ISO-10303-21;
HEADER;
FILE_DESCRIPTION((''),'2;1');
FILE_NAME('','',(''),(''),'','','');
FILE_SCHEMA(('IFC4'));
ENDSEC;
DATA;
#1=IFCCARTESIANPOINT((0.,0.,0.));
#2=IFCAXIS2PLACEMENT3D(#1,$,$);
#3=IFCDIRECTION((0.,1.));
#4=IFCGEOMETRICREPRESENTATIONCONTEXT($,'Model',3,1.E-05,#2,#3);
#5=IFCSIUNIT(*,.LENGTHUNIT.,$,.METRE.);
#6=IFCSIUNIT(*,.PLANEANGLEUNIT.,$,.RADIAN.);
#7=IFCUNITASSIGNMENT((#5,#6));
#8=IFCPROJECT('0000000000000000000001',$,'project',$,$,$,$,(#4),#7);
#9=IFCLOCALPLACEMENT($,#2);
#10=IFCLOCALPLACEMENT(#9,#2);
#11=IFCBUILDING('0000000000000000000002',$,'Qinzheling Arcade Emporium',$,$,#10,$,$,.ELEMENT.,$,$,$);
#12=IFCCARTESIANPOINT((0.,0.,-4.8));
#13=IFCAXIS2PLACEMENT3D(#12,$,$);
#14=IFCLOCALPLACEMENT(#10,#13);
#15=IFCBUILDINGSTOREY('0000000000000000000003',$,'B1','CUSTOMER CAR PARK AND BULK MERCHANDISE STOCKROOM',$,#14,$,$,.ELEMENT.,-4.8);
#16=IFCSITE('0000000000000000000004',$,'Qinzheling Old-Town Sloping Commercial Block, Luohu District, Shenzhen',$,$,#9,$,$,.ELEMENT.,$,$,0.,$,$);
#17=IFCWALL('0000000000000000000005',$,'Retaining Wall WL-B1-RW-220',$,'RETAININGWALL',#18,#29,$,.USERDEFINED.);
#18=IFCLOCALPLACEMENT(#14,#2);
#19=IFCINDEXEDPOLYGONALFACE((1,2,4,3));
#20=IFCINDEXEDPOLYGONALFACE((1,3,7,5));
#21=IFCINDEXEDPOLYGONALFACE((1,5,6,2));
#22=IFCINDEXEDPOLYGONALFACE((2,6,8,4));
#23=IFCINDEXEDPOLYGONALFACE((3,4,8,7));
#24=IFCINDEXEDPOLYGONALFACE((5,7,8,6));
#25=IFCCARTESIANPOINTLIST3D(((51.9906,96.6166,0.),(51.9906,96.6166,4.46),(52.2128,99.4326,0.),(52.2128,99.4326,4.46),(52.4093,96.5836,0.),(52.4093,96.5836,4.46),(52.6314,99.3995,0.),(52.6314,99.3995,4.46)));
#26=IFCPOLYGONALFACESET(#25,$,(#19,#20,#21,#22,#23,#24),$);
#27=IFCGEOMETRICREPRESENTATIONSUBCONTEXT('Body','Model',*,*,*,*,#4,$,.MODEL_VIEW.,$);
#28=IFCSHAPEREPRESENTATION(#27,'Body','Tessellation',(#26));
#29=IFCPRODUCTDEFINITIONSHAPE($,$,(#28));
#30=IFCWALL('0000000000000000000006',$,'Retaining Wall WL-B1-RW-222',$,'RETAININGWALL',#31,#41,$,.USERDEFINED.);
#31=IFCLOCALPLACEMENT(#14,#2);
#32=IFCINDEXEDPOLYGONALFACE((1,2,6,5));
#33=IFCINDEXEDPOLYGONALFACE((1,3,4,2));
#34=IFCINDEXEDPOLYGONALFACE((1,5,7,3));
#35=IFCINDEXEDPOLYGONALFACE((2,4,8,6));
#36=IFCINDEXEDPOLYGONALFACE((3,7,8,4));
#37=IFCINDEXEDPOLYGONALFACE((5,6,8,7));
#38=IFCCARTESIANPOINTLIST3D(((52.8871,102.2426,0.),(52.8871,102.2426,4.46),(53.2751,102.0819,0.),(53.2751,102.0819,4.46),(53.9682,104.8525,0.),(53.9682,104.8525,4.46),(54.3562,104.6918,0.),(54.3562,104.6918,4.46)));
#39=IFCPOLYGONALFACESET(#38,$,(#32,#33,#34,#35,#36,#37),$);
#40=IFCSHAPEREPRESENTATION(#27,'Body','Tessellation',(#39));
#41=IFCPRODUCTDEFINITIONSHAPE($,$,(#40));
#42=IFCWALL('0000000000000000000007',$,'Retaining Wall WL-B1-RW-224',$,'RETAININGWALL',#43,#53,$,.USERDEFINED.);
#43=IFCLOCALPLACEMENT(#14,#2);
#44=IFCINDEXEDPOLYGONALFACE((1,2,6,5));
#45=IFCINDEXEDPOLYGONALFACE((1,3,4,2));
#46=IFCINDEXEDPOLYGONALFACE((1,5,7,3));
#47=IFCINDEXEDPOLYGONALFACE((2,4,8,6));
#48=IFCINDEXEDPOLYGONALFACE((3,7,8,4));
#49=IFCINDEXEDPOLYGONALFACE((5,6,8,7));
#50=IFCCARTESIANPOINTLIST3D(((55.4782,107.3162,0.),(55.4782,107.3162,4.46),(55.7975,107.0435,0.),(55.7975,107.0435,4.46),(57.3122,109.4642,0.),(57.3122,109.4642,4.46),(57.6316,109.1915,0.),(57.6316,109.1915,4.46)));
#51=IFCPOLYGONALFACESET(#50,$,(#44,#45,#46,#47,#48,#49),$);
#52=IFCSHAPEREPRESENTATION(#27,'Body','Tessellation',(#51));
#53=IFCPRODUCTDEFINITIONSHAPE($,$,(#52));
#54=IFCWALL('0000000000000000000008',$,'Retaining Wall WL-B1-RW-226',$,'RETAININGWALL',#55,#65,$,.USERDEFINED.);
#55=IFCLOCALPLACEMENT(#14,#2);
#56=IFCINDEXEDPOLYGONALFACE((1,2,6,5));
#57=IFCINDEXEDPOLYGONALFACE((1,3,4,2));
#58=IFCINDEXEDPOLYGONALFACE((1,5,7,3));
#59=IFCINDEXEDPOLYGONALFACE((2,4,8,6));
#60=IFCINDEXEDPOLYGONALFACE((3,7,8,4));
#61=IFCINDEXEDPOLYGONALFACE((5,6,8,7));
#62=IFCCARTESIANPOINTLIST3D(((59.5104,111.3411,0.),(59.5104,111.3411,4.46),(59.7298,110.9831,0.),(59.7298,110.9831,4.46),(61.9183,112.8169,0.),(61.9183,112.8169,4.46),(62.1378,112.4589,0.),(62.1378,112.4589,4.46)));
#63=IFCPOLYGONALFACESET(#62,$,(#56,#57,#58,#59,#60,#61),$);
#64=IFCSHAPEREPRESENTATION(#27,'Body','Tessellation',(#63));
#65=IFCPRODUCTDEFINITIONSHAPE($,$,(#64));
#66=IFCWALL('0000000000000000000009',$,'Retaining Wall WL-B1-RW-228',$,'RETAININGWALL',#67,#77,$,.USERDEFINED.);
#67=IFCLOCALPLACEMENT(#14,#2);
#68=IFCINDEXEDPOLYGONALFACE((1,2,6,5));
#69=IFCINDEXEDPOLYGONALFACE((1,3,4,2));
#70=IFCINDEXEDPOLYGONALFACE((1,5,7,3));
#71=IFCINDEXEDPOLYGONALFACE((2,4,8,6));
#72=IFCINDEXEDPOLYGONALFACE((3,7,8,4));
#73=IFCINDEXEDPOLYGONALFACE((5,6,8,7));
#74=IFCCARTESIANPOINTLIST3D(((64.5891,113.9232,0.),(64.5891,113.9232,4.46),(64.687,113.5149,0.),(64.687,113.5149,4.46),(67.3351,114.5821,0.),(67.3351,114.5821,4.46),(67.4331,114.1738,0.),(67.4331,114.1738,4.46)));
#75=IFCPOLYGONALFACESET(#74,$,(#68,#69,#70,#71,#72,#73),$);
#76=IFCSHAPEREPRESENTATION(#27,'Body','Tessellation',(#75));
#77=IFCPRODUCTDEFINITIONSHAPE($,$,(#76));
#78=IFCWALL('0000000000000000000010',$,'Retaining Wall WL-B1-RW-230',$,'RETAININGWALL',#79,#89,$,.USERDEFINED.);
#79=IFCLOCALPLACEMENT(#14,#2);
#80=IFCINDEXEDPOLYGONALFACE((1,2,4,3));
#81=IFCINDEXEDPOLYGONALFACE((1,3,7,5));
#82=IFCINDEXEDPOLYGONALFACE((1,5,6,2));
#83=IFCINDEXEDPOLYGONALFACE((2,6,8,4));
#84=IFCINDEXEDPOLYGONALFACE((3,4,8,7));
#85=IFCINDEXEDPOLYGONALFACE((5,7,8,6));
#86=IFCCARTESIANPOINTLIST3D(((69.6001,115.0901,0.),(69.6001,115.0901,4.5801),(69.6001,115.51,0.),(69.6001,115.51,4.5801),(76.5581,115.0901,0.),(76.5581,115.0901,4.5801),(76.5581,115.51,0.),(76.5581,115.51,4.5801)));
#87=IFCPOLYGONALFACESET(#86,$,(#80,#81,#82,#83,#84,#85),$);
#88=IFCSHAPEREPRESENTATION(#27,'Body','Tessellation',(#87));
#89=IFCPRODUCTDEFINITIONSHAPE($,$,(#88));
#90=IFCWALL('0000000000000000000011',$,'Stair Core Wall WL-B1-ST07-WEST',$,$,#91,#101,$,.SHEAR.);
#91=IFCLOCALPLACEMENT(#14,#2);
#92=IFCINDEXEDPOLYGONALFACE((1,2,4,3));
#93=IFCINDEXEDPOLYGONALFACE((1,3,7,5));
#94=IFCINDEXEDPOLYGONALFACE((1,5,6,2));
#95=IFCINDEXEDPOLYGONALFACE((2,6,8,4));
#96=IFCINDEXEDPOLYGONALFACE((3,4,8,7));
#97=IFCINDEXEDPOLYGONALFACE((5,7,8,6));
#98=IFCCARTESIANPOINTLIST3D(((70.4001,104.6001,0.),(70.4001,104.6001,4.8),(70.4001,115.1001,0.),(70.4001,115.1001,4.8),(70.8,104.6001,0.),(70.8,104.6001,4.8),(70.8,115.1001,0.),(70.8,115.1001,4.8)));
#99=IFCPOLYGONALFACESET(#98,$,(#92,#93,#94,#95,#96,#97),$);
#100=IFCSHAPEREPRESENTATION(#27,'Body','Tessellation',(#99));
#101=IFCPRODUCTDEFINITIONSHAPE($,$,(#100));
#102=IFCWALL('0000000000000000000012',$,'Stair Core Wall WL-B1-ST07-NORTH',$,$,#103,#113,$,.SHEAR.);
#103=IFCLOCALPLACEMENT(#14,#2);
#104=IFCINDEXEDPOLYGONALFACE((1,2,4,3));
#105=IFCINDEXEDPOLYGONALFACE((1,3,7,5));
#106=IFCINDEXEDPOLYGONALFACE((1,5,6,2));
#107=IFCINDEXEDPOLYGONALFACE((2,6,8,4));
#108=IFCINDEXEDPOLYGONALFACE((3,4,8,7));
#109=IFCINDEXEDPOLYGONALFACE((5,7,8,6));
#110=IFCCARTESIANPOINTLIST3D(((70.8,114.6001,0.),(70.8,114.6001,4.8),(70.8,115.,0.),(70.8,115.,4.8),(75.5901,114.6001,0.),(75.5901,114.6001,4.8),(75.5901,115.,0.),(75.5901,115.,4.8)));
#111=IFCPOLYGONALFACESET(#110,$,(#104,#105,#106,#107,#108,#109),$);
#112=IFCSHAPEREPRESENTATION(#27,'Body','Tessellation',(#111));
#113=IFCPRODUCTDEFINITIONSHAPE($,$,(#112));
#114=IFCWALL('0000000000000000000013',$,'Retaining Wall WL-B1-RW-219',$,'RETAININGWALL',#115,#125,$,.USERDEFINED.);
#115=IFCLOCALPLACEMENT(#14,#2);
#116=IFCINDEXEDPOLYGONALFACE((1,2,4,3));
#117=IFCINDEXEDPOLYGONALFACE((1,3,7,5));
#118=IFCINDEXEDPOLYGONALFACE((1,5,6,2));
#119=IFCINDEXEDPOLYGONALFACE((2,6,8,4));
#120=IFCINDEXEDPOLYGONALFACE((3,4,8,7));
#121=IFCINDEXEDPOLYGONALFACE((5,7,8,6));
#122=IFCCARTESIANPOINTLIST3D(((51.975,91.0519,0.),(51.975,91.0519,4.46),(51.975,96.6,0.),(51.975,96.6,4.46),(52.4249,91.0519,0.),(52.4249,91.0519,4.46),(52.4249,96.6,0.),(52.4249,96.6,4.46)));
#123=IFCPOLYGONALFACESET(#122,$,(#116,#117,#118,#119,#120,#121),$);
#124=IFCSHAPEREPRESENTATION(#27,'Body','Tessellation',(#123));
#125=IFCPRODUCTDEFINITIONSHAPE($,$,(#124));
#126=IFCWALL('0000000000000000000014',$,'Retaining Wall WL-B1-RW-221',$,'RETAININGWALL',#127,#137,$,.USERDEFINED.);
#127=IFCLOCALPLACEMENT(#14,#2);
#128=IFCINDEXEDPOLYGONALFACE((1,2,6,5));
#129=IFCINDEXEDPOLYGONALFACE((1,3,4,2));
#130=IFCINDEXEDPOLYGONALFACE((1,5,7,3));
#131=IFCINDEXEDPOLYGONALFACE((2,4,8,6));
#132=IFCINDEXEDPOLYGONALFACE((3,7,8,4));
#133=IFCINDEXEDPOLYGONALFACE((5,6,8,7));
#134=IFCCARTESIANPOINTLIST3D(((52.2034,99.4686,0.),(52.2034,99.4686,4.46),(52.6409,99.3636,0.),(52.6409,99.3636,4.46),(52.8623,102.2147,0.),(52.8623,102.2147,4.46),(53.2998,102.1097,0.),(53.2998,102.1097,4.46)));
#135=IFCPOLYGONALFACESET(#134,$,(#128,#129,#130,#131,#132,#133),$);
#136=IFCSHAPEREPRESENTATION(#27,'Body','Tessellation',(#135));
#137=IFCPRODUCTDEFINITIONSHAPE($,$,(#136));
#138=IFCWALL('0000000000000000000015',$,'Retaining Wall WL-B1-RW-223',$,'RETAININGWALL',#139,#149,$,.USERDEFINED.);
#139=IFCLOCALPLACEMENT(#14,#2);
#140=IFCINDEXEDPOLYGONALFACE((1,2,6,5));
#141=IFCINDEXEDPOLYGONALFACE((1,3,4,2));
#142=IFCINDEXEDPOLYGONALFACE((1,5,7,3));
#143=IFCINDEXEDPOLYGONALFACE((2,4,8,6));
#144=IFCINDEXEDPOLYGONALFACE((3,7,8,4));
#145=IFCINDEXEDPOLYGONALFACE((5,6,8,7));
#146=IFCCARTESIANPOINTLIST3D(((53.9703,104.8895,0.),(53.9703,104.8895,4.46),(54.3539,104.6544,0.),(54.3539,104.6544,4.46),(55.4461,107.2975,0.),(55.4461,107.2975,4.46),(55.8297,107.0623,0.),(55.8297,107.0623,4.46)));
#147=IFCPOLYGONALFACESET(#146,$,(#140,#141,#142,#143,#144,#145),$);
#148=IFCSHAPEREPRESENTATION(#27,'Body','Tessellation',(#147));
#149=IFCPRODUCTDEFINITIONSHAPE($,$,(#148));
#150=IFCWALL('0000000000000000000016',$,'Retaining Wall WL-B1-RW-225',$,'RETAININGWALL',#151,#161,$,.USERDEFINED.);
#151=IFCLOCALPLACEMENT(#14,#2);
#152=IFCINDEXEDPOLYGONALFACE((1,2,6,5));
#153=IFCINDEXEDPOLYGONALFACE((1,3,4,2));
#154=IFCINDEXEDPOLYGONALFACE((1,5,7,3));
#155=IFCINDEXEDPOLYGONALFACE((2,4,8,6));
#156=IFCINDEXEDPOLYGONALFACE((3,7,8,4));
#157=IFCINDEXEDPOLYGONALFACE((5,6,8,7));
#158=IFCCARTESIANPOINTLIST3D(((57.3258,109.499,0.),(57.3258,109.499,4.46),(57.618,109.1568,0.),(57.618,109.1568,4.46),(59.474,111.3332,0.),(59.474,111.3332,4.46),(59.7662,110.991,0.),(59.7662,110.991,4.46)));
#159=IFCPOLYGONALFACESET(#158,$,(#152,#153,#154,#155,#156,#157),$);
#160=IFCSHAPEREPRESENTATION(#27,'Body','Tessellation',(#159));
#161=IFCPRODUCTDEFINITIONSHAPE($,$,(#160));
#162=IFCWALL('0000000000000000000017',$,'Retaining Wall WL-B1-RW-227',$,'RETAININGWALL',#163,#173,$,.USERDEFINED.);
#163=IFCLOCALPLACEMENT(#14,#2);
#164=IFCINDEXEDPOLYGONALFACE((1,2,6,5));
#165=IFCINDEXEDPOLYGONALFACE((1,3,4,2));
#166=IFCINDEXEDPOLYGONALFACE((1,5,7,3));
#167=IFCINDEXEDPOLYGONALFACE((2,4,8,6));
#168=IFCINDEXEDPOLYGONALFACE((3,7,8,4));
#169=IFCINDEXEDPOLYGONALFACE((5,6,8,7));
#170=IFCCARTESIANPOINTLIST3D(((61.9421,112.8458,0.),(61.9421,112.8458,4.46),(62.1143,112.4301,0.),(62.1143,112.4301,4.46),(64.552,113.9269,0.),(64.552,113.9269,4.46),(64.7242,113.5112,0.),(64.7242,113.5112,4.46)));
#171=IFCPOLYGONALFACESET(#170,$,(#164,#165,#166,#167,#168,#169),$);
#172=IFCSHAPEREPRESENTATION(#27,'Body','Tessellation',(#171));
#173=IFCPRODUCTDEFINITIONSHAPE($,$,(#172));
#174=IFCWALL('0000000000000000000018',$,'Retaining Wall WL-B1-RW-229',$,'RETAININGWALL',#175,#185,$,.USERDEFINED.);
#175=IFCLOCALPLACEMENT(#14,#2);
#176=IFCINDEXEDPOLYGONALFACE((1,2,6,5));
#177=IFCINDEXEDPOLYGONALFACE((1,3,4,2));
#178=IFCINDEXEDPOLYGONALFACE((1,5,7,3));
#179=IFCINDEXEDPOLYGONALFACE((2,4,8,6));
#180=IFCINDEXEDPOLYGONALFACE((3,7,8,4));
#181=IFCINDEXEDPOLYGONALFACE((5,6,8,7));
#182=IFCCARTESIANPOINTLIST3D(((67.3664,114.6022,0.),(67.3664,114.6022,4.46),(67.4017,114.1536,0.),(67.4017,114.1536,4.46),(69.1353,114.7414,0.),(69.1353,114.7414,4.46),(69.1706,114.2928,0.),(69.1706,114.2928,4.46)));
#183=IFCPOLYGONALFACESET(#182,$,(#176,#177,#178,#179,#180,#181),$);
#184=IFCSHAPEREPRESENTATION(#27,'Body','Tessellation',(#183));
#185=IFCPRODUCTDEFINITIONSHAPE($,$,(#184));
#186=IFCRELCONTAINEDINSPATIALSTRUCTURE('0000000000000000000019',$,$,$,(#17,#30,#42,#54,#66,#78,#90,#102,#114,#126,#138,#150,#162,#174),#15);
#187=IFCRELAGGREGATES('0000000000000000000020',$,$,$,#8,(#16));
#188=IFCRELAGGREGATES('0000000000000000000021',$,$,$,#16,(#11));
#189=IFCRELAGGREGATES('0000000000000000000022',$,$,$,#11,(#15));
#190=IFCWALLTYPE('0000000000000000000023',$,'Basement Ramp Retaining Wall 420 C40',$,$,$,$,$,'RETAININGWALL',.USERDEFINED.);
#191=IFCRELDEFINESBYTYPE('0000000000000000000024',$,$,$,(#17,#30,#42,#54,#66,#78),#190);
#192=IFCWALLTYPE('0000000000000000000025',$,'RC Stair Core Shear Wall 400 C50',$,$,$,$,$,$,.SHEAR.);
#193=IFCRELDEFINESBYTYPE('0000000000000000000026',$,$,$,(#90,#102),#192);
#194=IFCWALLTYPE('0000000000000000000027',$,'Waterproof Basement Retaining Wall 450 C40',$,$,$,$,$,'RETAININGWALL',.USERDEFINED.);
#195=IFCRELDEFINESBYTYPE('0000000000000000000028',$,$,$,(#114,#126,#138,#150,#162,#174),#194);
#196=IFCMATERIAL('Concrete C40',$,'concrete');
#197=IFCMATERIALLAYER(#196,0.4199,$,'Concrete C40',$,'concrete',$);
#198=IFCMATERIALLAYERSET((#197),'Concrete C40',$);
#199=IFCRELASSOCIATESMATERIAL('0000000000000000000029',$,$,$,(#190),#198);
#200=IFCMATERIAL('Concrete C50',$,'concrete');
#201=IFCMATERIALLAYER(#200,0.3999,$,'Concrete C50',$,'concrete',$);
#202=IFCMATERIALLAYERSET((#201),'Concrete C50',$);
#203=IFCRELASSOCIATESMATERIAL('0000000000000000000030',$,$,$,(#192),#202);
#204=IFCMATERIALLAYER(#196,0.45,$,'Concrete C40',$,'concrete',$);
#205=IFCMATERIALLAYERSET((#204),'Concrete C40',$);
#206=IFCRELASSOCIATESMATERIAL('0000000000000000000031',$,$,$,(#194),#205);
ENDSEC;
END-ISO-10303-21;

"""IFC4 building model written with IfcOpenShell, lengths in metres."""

from ifc_helpers import new_model, si_unit, direction, frame, frame_2d, origin, place, context, subcontext, project, spatial, rectangle, extrude, material, layer, layer_set, type_object, element, save


model = new_model("IFC4")

# Units and contexts
model_context = context("Model", 3, precision=1e-05, world=origin(), true_north=direction((0.0, 1.0)))
body_context = subcontext(model_context, "Body", "Model", "MODEL_VIEW")
ifc_project = project(units=[si_unit("LENGTHUNIT", "METRE"), si_unit("PLANEANGLEUNIT", "RADIAN")], contexts=[model_context])

# Site, building, storey
site_placement = place(None, origin())
site = spatial("IfcSite", under=ifc_project, at=site_placement, Name="Qinzheling Old-Town Sloping Commercial Block, Luohu District, Shenzhen", CompositionType="ELEMENT", RefElevation=0.0)
building_placement = place(site_placement, origin())
building = spatial("IfcBuilding", under=site, at=building_placement, Name="Qinzheling Arcade Emporium", CompositionType="ELEMENT")
storey_placement = place(building_placement, frame((0.0, 0.0, -4.8)))
storey = spatial("IfcBuildingStorey", under=building, at=storey_placement, Name="B1", Description="CUSTOMER CAR PARK AND BULK MERCHANDISE STOCKROOM", CompositionType="ELEMENT", Elevation=-4.8)

# Shared definitions
ifc_material_1 = material(Name="Concrete C50", Category="concrete")

# Shared definitions
ifc_material_2 = material(Name="Concrete C40", Category="concrete")

# Walls
ifc_layer_1 = layer(ifc_material_2, 0.4199, Name="Concrete C40", Category="concrete")
ifc_layer_set_1 = layer_set([ifc_layer_1], Name="Concrete C40")
wall_type_1 = type_object("IfcWallType", Name="Basement Ramp Retaining Wall 420 C40", ElementType="RETAININGWALL", PredefinedType="USERDEFINED", material=ifc_layer_set_1)
wall_1_placement = place(storey_placement, frame((52.2, 96.6001, 0.0), z_axis=(0.0, 0.0, 1.0), x_axis=(0.078653, 0.996902, 0.0)))
element("IfcWall", 1, at=wall_1_placement, inside=storey, type_object=wall_type_1, Name="Retaining Wall WL-B1-RW-220", ObjectType="RETAININGWALL", PredefinedType="USERDEFINED", context=body_context, shape_type="SweptSolid", body=[
    extrude(rectangle(XDim=2.8247, YDim=0.4199, at=frame_2d((1.4124, 0.0))), origin(), (0.0, 0.0, 1.0), 4.46),
])
wall_2_placement = place(storey_placement, frame((53.0811, 102.1621, 0.0), z_axis=(0.0, 0.0, 1.0), x_axis=(0.382688, 0.923878, 0.0)))
element("IfcWall", 2, at=wall_2_placement, inside=storey, type_object=wall_type_1, Name="Retaining Wall WL-B1-RW-222", ObjectType="RETAININGWALL", PredefinedType="USERDEFINED", context=body_context, shape_type="SweptSolid", body=[
    extrude(rectangle(XDim=2.825, YDim=0.4199, at=frame_2d((1.4126, 0.0))), origin(), (0.0, 0.0, 1.0), 4.46),
])
wall_3_placement = place(storey_placement, frame((55.6379, 107.1799, 0.0), z_axis=(0.0, 0.0, 1.0), x_axis=(0.649338, 0.7605, 0.0)))
element("IfcWall", 3, at=wall_3_placement, inside=storey, type_object=wall_type_1, Name="Retaining Wall WL-B1-RW-224", ObjectType="RETAININGWALL", PredefinedType="USERDEFINED", context=body_context, shape_type="SweptSolid", body=[
    extrude(rectangle(XDim=2.8245, YDim=0.4199, at=frame_2d((1.4121, 0.0))), origin(), (0.0, 0.0, 1.0), 4.46),
])
wall_4_placement = place(storey_placement, frame((59.6201, 111.1621, 0.0), z_axis=(0.0, 0.0, 1.0), x_axis=(0.852604, 0.522558, 0.0)))
element("IfcWall", 4, at=wall_4_placement, inside=storey, type_object=wall_type_1, Name="Retaining Wall WL-B1-RW-226", ObjectType="RETAININGWALL", PredefinedType="USERDEFINED", context=body_context, shape_type="SweptSolid", body=[
    extrude(rectangle(XDim=2.8242, YDim=0.4199, at=frame_2d((1.4121, 0.0))), origin(), (0.0, 0.0, 1.0), 4.46),
])
wall_5_placement = place(storey_placement, frame((64.6379, 113.719, 0.0), z_axis=(0.0, 0.0, 1.0), x_axis=(0.972398, 0.23333, 0.0)))
element("IfcWall", 5, at=wall_5_placement, inside=storey, type_object=wall_type_1, Name="Retaining Wall WL-B1-RW-228", ObjectType="RETAININGWALL", PredefinedType="USERDEFINED", context=body_context, shape_type="SweptSolid", body=[
    extrude(rectangle(XDim=2.824, YDim=0.4199, at=frame_2d((1.4121, 0.0))), origin(), (0.0, 0.0, 1.0), 4.46),
])
wall_6_placement = place(storey_placement, frame((69.6001, 115.3, 0.0), z_axis=(0.0, 0.0, 1.0), x_axis=(1.0, 0.0, 0.0)))
element("IfcWall", 6, at=wall_6_placement, inside=storey, type_object=wall_type_1, Name="Retaining Wall WL-B1-RW-230", ObjectType="RETAININGWALL", PredefinedType="USERDEFINED", context=body_context, shape_type="SweptSolid", body=[
    extrude(rectangle(XDim=6.958, YDim=0.4199, at=frame_2d((3.479, 0.0))), origin(), (0.0, 0.0, 1.0), 4.5801),
])
ifc_layer_2 = layer(ifc_material_1, 0.3999, Name="Concrete C50", Category="concrete")
ifc_layer_set_2 = layer_set([ifc_layer_2], Name="Concrete C50")
wall_type_2 = type_object("IfcWallType", Name="RC Stair Core Shear Wall 400 C50", PredefinedType="SHEAR", material=ifc_layer_set_2)
wall_7_placement = place(storey_placement, frame((70.6001, 104.6001, 0.0), z_axis=(0.0, 0.0, 1.0), x_axis=(0.0, 1.0, 0.0)))
element("IfcWall", 7, at=wall_7_placement, inside=storey, type_object=wall_type_2, Name="Stair Core Wall WL-B1-ST07-WEST", PredefinedType="SHEAR", context=body_context, shape_type="SweptSolid", body=[
    extrude(rectangle(XDim=10.5, YDim=0.3999, at=frame_2d((5.25, 0.0))), origin(), (0.0, 0.0, 1.0), 4.8),
])
wall_8_placement = place(storey_placement, frame((70.8, 114.8, 0.0), z_axis=(0.0, 0.0, 1.0), x_axis=(1.0, 0.0, 0.0)))
element("IfcWall", 8, at=wall_8_placement, inside=storey, type_object=wall_type_2, Name="Stair Core Wall WL-B1-ST07-NORTH", PredefinedType="SHEAR", context=body_context, shape_type="SweptSolid", body=[
    extrude(rectangle(XDim=4.79, YDim=0.3999, at=frame_2d((2.395, 0.0))), origin(), (0.0, 0.0, 1.0), 4.8),
])
ifc_layer_3 = layer(ifc_material_2, 0.45, Name="Concrete C40", Category="concrete")
ifc_layer_set_3 = layer_set([ifc_layer_3], Name="Concrete C40")
wall_type_3 = type_object("IfcWallType", Name="Waterproof Basement Retaining Wall 450 C40", ElementType="RETAININGWALL", PredefinedType="USERDEFINED", material=ifc_layer_set_3)
wall_9_placement = place(storey_placement, frame((52.2, 91.052, 0.0), z_axis=(0.0, 0.0, 1.0), x_axis=(0.0, 1.0, 0.0)))
element("IfcWall", 9, at=wall_9_placement, inside=storey, type_object=wall_type_3, Name="Retaining Wall WL-B1-RW-219", ObjectType="RETAININGWALL", PredefinedType="USERDEFINED", context=body_context, shape_type="SweptSolid", body=[
    extrude(rectangle(XDim=5.5481, YDim=0.45, at=frame_2d((2.7739, 0.0))), origin(), (0.0, 0.0, 1.0), 4.46),
])
wall_10_placement = place(storey_placement, frame((52.4221, 99.416, 0.0), z_axis=(0.0, 0.0, 1.0), x_axis=(0.23333, 0.972398, 0.0)))
element("IfcWall", 10, at=wall_10_placement, inside=storey, type_object=wall_type_3, Name="Retaining Wall WL-B1-RW-221", ObjectType="RETAININGWALL", PredefinedType="USERDEFINED", context=body_context, shape_type="SweptSolid", body=[
    extrude(rectangle(XDim=2.824, YDim=0.45, at=frame_2d((1.4121, 0.0))), origin(), (0.0, 0.0, 1.0), 4.46),
])
wall_11_placement = place(storey_placement, frame((54.1621, 104.772, 0.0), z_axis=(0.0, 0.0, 1.0), x_axis=(0.522558, 0.852604, 0.0)))
element("IfcWall", 11, at=wall_11_placement, inside=storey, type_object=wall_type_3, Name="Retaining Wall WL-B1-RW-223", ObjectType="RETAININGWALL", PredefinedType="USERDEFINED", context=body_context, shape_type="SweptSolid", body=[
    extrude(rectangle(XDim=2.8242, YDim=0.45, at=frame_2d((1.4121, 0.0))), origin(), (0.0, 0.0, 1.0), 4.46),
])
wall_12_placement = place(storey_placement, frame((57.4719, 109.3279, 0.0), z_axis=(0.0, 0.0, 1.0), x_axis=(0.760494, 0.649345, 0.0)))
element("IfcWall", 12, at=wall_12_placement, inside=storey, type_object=wall_type_3, Name="Retaining Wall WL-B1-RW-225", ObjectType="RETAININGWALL", PredefinedType="USERDEFINED", context=body_context, shape_type="SweptSolid", body=[
    extrude(rectangle(XDim=2.8247, YDim=0.45, at=frame_2d((1.4124, 0.0))), origin(), (0.0, 0.0, 1.0), 4.46),
])
wall_13_placement = place(storey_placement, frame((62.0281, 112.6379, 0.0), z_axis=(0.0, 0.0, 1.0), x_axis=(0.923878, 0.382688, 0.0)))
element("IfcWall", 13, at=wall_13_placement, inside=storey, type_object=wall_type_3, Name="Retaining Wall WL-B1-RW-227", ObjectType="RETAININGWALL", PredefinedType="USERDEFINED", context=body_context, shape_type="SweptSolid", body=[
    extrude(rectangle(XDim=2.825, YDim=0.45, at=frame_2d((1.4126, 0.0))), origin(), (0.0, 0.0, 1.0), 4.46),
])
wall_14_placement = place(storey_placement, frame((67.384, 114.3779, 0.0), z_axis=(0.0, 0.0, 1.0), x_axis=(0.99692, 0.078422, 0.0)))
element("IfcWall", 14, at=wall_14_placement, inside=storey, type_object=wall_type_3, Name="Retaining Wall WL-B1-RW-229", ObjectType="RETAININGWALL", PredefinedType="USERDEFINED", context=body_context, shape_type="SweptSolid", body=[
    extrude(rectangle(XDim=1.7744, YDim=0.45, at=frame_2d((0.8872, 0.0))), origin(), (0.0, 0.0, 1.0), 4.46),
])

save(model, "model.ifc")
